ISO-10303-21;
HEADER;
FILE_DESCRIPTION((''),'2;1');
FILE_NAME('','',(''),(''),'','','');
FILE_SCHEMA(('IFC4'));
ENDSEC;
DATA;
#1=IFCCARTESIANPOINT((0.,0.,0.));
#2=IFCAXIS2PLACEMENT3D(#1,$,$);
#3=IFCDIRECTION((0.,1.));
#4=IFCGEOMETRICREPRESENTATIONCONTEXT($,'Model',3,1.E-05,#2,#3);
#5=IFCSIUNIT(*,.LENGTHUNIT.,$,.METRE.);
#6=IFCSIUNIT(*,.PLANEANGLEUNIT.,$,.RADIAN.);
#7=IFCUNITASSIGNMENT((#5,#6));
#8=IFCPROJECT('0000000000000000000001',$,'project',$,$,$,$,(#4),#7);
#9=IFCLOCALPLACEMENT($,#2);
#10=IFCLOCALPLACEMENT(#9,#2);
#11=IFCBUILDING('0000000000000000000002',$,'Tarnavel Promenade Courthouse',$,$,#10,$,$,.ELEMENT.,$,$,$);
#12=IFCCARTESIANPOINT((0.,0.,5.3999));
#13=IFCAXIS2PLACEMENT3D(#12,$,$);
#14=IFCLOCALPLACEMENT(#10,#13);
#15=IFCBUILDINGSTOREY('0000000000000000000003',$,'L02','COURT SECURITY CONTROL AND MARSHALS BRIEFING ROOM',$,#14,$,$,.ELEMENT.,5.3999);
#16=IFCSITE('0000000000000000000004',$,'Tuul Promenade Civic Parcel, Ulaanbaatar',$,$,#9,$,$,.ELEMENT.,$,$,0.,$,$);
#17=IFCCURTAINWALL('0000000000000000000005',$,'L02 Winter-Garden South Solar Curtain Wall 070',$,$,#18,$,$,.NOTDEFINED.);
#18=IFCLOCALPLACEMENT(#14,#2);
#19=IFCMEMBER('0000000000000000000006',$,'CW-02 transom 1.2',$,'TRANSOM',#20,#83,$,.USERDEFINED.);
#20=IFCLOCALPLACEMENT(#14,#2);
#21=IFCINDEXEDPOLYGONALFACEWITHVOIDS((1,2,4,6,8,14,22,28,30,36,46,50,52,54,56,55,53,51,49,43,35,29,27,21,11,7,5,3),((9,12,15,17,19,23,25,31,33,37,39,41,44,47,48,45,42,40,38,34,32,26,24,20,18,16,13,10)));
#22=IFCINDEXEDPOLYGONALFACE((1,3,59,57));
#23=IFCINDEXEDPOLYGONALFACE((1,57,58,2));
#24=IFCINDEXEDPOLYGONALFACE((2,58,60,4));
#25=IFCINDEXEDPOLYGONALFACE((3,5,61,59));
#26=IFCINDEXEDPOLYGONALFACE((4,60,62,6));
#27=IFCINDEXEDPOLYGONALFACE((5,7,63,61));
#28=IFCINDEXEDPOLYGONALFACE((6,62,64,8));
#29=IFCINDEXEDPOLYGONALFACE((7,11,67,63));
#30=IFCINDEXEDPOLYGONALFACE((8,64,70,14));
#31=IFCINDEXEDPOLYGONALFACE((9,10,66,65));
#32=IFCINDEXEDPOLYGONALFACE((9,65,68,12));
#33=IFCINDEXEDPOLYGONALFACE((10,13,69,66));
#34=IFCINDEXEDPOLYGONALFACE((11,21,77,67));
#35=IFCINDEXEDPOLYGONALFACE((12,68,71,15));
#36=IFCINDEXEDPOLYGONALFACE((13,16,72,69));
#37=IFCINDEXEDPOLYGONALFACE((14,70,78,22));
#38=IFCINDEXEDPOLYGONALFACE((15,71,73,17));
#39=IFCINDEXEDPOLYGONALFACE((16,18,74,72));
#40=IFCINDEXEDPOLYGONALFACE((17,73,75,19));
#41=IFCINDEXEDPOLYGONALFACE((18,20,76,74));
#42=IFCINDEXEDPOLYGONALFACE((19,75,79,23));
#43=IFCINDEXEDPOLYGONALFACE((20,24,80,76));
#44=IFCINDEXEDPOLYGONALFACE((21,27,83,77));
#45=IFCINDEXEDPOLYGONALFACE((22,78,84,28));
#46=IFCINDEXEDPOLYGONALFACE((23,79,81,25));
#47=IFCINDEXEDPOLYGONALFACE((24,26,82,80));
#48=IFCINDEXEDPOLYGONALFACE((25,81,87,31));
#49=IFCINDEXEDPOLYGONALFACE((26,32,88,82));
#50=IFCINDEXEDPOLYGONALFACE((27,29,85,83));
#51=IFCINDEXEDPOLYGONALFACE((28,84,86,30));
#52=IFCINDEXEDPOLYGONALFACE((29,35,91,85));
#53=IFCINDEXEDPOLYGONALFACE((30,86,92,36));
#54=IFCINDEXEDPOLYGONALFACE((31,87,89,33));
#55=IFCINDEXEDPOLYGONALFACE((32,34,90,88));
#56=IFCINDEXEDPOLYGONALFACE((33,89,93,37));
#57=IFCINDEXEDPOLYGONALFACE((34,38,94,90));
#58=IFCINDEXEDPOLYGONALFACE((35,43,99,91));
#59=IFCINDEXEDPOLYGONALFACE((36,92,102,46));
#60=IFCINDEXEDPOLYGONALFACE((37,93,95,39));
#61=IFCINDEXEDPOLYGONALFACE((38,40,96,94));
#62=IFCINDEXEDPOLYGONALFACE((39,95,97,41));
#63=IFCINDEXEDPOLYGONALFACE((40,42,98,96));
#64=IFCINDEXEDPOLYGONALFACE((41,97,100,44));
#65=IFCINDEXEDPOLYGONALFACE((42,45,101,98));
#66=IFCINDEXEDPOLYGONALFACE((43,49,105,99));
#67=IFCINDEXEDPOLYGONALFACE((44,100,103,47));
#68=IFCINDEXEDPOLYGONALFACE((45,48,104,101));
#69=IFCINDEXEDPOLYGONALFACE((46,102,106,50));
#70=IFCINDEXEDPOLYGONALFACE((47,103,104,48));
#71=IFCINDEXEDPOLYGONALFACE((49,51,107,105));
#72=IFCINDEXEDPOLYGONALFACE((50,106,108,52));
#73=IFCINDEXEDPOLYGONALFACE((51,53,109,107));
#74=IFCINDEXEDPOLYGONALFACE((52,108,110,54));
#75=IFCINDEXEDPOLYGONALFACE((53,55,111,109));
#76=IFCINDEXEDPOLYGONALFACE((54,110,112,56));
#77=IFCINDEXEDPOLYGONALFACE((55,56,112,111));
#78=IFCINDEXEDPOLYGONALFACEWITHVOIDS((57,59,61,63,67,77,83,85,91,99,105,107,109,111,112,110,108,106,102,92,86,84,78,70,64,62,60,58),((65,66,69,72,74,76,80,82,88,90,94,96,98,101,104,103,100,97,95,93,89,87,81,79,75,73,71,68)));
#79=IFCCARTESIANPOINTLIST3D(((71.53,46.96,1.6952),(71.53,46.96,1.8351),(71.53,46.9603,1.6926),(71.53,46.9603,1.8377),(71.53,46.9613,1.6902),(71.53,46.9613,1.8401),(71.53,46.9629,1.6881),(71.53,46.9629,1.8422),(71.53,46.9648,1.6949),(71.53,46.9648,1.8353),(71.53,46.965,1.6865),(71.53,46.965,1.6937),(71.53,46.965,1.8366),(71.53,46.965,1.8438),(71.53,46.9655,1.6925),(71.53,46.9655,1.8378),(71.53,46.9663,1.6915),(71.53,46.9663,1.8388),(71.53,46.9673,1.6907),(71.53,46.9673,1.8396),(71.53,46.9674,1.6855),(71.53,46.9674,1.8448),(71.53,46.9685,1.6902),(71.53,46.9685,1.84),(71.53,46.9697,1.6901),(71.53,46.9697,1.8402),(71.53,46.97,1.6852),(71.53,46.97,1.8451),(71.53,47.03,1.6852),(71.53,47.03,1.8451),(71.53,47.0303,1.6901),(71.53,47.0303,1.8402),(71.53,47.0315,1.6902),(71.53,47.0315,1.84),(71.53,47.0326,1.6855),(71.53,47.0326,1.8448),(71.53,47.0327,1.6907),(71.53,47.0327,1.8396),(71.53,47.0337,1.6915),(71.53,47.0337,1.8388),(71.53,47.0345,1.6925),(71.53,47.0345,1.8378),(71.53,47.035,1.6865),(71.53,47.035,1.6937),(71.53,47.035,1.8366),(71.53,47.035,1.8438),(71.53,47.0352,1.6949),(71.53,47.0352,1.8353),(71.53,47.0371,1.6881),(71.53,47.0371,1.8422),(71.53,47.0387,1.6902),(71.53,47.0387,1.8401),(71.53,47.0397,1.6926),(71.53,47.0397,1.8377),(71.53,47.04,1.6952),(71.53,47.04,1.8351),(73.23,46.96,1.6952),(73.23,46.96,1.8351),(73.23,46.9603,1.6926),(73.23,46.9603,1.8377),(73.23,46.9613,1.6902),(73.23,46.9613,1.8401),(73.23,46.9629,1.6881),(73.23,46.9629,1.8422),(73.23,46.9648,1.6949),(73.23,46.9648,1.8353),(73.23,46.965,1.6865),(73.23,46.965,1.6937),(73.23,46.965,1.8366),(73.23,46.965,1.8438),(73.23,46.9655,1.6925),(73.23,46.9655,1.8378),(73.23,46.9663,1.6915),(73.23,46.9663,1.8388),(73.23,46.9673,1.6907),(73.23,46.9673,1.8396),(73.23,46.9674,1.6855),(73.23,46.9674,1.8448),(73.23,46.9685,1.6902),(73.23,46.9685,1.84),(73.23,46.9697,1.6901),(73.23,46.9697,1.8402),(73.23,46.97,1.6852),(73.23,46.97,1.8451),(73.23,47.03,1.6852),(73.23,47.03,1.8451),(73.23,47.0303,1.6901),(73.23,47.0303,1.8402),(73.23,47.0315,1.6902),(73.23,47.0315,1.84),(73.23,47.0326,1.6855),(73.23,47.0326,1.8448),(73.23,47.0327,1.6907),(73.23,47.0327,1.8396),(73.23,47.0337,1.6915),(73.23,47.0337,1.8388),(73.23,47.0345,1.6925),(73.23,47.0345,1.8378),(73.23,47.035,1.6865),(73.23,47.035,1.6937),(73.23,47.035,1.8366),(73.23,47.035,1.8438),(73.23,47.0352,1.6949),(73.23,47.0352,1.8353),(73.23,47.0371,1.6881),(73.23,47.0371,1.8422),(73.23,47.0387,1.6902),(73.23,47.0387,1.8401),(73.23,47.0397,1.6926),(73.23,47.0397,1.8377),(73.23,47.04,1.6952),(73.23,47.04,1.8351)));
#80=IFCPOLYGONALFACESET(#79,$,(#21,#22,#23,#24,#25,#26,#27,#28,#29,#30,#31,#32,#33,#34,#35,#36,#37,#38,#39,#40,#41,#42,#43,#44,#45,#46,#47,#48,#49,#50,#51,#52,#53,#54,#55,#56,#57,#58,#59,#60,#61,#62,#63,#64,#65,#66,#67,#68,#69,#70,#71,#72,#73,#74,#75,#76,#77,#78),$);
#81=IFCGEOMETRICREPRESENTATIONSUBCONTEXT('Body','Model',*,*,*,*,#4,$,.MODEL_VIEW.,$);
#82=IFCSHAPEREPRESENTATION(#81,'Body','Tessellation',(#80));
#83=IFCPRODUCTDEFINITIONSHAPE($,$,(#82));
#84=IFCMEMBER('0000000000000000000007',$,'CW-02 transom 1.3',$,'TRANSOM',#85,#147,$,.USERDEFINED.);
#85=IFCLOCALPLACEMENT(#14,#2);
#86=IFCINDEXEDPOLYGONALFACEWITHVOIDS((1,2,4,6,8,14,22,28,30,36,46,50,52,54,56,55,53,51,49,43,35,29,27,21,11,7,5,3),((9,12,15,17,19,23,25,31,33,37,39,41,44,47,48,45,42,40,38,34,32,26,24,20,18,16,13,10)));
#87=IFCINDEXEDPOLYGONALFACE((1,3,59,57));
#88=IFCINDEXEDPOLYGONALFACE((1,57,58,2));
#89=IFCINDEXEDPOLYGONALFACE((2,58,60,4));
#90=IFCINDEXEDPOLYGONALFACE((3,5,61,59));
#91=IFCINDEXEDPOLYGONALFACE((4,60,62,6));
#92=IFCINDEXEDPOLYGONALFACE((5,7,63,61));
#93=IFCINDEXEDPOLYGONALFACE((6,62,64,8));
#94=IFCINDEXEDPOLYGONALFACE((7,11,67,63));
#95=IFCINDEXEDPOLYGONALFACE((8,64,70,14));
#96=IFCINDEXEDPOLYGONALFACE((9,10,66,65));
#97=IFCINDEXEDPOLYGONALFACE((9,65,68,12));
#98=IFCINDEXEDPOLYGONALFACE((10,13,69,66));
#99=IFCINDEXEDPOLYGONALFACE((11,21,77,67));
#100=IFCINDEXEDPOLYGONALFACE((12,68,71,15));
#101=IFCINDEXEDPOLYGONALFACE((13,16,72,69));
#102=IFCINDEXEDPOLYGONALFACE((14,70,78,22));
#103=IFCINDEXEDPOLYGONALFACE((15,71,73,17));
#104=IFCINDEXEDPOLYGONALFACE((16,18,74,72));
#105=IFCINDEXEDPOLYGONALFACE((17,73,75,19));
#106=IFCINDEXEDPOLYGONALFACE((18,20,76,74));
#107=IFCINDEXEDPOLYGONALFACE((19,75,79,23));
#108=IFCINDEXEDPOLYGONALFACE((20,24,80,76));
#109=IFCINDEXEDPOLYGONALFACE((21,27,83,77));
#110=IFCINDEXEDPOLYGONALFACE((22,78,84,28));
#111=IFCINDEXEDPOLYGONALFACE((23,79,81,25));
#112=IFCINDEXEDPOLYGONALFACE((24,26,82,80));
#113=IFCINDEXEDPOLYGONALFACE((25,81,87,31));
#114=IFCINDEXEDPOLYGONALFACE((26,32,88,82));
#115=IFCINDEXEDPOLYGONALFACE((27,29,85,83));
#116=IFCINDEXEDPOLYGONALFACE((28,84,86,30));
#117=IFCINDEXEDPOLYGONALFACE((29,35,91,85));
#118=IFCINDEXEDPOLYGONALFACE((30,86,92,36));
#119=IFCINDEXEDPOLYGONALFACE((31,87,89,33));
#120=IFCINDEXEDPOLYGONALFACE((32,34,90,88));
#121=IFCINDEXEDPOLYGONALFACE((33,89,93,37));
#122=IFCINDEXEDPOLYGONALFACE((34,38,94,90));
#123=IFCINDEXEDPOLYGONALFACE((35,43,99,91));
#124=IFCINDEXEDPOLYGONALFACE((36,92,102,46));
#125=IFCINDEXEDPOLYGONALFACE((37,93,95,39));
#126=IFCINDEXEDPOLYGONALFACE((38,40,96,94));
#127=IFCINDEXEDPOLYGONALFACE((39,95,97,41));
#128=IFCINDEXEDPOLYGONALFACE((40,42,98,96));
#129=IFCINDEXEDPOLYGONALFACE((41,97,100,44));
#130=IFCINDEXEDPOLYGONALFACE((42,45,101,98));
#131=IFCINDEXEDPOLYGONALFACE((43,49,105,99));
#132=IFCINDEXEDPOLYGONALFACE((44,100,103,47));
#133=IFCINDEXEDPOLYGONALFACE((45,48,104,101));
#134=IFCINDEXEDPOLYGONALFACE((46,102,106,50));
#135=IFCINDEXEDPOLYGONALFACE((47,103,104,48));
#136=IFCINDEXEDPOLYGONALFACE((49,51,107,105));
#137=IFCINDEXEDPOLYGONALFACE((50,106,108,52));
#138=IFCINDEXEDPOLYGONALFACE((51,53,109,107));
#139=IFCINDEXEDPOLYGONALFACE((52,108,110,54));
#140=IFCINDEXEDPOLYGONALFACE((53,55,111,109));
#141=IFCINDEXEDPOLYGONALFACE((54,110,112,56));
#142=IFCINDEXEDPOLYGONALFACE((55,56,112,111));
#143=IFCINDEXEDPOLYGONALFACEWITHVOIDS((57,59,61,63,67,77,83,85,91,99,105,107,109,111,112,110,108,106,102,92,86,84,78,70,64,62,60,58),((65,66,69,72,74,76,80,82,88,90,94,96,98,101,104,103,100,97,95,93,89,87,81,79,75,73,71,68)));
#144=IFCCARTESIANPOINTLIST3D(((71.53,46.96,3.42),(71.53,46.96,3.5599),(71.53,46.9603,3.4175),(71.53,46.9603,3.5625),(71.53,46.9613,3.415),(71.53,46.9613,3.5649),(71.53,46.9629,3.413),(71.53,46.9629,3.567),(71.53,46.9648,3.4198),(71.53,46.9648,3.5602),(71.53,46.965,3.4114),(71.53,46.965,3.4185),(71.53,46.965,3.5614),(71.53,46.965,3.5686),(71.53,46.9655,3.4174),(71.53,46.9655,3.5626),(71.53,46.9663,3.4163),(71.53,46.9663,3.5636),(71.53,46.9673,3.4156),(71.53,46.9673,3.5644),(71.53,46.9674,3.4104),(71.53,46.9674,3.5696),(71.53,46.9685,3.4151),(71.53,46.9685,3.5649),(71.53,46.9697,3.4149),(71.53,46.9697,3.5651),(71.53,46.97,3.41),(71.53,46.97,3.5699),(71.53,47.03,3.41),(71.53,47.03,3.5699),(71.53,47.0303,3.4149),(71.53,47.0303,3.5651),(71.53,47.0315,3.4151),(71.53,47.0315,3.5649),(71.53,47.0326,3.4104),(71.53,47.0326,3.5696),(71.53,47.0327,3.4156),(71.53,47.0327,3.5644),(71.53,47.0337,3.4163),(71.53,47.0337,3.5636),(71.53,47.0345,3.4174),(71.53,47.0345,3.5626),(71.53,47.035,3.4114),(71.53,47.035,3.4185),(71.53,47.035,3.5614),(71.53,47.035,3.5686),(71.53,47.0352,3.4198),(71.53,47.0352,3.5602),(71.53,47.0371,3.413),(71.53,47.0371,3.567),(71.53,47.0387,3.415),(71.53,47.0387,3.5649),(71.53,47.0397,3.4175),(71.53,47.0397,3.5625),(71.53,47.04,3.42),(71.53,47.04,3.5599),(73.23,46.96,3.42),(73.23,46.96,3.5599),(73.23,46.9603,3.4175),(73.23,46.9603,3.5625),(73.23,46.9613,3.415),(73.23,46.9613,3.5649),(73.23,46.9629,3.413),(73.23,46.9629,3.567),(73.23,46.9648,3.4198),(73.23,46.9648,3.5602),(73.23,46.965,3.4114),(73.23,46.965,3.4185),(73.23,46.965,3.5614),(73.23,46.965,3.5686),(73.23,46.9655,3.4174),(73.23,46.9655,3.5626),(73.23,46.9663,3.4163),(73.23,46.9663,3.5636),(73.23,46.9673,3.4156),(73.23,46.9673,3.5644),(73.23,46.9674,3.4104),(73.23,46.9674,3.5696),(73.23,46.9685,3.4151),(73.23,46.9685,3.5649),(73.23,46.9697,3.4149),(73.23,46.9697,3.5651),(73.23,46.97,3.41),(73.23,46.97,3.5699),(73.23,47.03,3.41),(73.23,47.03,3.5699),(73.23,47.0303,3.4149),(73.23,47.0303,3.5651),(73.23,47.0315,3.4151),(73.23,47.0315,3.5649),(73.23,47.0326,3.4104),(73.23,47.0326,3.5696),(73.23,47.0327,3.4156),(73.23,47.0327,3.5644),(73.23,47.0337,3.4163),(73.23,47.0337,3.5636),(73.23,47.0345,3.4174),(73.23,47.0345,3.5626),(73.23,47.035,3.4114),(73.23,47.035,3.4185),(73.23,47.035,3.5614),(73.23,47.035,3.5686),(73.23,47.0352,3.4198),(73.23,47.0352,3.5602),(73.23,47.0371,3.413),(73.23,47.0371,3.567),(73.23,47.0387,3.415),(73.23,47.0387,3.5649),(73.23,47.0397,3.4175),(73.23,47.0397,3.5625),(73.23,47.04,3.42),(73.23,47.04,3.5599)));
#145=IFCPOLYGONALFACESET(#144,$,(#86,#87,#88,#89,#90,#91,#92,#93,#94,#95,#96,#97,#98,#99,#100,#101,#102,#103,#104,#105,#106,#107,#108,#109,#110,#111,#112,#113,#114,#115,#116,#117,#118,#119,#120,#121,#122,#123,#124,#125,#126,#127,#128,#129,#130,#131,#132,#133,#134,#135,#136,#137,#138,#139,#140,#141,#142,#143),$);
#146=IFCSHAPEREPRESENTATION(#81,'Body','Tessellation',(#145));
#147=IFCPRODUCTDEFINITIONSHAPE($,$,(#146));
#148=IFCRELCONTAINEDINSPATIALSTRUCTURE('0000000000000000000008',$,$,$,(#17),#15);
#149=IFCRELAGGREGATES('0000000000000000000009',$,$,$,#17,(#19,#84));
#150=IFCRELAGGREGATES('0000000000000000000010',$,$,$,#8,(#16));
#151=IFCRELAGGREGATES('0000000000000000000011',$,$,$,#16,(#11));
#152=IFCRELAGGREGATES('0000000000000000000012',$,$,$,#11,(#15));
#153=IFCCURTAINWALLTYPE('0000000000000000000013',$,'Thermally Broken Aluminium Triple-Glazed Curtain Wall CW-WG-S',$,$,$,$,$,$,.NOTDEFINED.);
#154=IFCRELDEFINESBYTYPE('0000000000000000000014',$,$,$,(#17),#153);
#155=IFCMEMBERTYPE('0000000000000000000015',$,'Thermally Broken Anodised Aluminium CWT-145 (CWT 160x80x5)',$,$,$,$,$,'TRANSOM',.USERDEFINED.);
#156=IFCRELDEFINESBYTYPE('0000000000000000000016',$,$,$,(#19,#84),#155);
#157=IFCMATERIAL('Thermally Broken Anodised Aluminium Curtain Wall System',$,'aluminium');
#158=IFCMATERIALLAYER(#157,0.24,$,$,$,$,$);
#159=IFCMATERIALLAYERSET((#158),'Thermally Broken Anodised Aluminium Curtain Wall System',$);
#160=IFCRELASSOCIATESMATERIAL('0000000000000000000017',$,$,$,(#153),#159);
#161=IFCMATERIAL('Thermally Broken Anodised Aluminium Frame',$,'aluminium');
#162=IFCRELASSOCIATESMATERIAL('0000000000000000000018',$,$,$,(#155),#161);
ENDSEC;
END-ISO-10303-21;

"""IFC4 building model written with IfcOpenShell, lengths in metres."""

from ifc_helpers import new_model, si_unit, direction, frame, origin, origin_2d, place, context, subcontext, project, spatial, hollow_rectangle, extrude, material, layer, layer_set, material_profile, profile_set, type_object, element, aggregate, save


model = new_model("IFC4")

# Units and contexts
model_context = context("Model", 3, precision=1e-05, world=origin(), true_north=direction((0.0, 1.0)))
body_context = subcontext(model_context, "Body", "Model", "MODEL_VIEW")
ifc_project = project(units=[si_unit("LENGTHUNIT", "METRE"), si_unit("PLANEANGLEUNIT", "RADIAN")], contexts=[model_context])

# Site, building, storey
site_placement = place(None, origin())
site = spatial("IfcSite", under=ifc_project, at=site_placement, Name="Tuul Promenade Civic Parcel, Ulaanbaatar", CompositionType="ELEMENT", RefElevation=0.0)
building_placement = place(site_placement, origin())
building = spatial("IfcBuilding", under=site, at=building_placement, Name="Tarnavel Promenade Courthouse", CompositionType="ELEMENT")
storey_placement = place(building_placement, frame((0.0, 0.0, 5.3999)))
storey = spatial("IfcBuildingStorey", under=building, at=storey_placement, Name="L02", Description="COURT SECURITY CONTROL AND MARSHALS BRIEFING ROOM", CompositionType="ELEMENT", Elevation=5.3999)

# Curtain wall
ifc_material_1 = material(Name="Thermally Broken Anodised Aluminium Curtain Wall System", Category="aluminium")
ifc_layer_1 = layer(ifc_material_1, 0.24)
ifc_layer_set_1 = layer_set([ifc_layer_1], Name="Thermally Broken Anodised Aluminium Curtain Wall System")
curtain_wall_type = type_object("IfcCurtainWallType", Name="Thermally Broken Aluminium Triple-Glazed Curtain Wall CW-WG-S", PredefinedType="NOTDEFINED", material=ifc_layer_set_1)
ifc_material_2 = material(Name="Thermally Broken Anodised Aluminium Frame", Category="aluminium")
curtain_wall_1_placement = place(storey_placement, origin())
curtain_wall_1 = element("IfcCurtainWall", 1, at=curtain_wall_1_placement, inside=storey, type_object=curtain_wall_type, Name="L02 Winter-Garden South Solar Curtain Wall 070", PredefinedType="NOTDEFINED")

# Members
ifc_material_profile_1 = material_profile(ifc_material_2, hollow_rectangle(XDim=0.0801, YDim=0.1599, WallThickness=0.0049, InnerFilletRadius=0.0049, OuterFilletRadius=0.01, at=origin_2d()), Name="CWT 160x80x5")
ifc_profile_set_1 = profile_set([ifc_material_profile_1], Name="Thermally Broken Anodised Aluminium Frame")
member_type_1 = type_object("IfcMemberType", Name="Thermally Broken Anodised Aluminium CWT-145 (CWT 160x80x5)", ElementType="TRANSOM", PredefinedType="USERDEFINED", material=ifc_profile_set_1)
member_1_placement = place(storey_placement, frame((71.53, 47.0, 1.7651), z_axis=(1.0, 0.0, 0.0), x_axis=(0.0, 1.0, 0.0)))
member_1 = element("IfcMember", 2, at=member_1_placement, type_object=member_type_1, Name="CW-02 transom 1.2", ObjectType="TRANSOM", PredefinedType="USERDEFINED", context=body_context, shape_type="SweptSolid", body=[
    extrude(hollow_rectangle(XDim=0.0801, YDim=0.1599, WallThickness=0.0049, InnerFilletRadius=0.0049, OuterFilletRadius=0.01, at=origin_2d()), origin(), (0.0, 0.0, 1.0), 1.7),
])
member_2_placement = place(storey_placement, frame((71.53, 47.0, 3.49), z_axis=(1.0, 0.0, 0.0), x_axis=(0.0, 1.0, 0.0)))
member_2 = element("IfcMember", 3, at=member_2_placement, type_object=member_type_1, Name="CW-02 transom 1.3", ObjectType="TRANSOM", PredefinedType="USERDEFINED", context=body_context, shape_type="SweptSolid", body=[
    extrude(hollow_rectangle(XDim=0.0801, YDim=0.1599, WallThickness=0.0049, InnerFilletRadius=0.0049, OuterFilletRadius=0.01, at=origin_2d()), origin(), (0.0, 0.0, 1.0), 1.7),
])

aggregate(curtain_wall_1, [member_1, member_2])

save(model, "model.ifc")
